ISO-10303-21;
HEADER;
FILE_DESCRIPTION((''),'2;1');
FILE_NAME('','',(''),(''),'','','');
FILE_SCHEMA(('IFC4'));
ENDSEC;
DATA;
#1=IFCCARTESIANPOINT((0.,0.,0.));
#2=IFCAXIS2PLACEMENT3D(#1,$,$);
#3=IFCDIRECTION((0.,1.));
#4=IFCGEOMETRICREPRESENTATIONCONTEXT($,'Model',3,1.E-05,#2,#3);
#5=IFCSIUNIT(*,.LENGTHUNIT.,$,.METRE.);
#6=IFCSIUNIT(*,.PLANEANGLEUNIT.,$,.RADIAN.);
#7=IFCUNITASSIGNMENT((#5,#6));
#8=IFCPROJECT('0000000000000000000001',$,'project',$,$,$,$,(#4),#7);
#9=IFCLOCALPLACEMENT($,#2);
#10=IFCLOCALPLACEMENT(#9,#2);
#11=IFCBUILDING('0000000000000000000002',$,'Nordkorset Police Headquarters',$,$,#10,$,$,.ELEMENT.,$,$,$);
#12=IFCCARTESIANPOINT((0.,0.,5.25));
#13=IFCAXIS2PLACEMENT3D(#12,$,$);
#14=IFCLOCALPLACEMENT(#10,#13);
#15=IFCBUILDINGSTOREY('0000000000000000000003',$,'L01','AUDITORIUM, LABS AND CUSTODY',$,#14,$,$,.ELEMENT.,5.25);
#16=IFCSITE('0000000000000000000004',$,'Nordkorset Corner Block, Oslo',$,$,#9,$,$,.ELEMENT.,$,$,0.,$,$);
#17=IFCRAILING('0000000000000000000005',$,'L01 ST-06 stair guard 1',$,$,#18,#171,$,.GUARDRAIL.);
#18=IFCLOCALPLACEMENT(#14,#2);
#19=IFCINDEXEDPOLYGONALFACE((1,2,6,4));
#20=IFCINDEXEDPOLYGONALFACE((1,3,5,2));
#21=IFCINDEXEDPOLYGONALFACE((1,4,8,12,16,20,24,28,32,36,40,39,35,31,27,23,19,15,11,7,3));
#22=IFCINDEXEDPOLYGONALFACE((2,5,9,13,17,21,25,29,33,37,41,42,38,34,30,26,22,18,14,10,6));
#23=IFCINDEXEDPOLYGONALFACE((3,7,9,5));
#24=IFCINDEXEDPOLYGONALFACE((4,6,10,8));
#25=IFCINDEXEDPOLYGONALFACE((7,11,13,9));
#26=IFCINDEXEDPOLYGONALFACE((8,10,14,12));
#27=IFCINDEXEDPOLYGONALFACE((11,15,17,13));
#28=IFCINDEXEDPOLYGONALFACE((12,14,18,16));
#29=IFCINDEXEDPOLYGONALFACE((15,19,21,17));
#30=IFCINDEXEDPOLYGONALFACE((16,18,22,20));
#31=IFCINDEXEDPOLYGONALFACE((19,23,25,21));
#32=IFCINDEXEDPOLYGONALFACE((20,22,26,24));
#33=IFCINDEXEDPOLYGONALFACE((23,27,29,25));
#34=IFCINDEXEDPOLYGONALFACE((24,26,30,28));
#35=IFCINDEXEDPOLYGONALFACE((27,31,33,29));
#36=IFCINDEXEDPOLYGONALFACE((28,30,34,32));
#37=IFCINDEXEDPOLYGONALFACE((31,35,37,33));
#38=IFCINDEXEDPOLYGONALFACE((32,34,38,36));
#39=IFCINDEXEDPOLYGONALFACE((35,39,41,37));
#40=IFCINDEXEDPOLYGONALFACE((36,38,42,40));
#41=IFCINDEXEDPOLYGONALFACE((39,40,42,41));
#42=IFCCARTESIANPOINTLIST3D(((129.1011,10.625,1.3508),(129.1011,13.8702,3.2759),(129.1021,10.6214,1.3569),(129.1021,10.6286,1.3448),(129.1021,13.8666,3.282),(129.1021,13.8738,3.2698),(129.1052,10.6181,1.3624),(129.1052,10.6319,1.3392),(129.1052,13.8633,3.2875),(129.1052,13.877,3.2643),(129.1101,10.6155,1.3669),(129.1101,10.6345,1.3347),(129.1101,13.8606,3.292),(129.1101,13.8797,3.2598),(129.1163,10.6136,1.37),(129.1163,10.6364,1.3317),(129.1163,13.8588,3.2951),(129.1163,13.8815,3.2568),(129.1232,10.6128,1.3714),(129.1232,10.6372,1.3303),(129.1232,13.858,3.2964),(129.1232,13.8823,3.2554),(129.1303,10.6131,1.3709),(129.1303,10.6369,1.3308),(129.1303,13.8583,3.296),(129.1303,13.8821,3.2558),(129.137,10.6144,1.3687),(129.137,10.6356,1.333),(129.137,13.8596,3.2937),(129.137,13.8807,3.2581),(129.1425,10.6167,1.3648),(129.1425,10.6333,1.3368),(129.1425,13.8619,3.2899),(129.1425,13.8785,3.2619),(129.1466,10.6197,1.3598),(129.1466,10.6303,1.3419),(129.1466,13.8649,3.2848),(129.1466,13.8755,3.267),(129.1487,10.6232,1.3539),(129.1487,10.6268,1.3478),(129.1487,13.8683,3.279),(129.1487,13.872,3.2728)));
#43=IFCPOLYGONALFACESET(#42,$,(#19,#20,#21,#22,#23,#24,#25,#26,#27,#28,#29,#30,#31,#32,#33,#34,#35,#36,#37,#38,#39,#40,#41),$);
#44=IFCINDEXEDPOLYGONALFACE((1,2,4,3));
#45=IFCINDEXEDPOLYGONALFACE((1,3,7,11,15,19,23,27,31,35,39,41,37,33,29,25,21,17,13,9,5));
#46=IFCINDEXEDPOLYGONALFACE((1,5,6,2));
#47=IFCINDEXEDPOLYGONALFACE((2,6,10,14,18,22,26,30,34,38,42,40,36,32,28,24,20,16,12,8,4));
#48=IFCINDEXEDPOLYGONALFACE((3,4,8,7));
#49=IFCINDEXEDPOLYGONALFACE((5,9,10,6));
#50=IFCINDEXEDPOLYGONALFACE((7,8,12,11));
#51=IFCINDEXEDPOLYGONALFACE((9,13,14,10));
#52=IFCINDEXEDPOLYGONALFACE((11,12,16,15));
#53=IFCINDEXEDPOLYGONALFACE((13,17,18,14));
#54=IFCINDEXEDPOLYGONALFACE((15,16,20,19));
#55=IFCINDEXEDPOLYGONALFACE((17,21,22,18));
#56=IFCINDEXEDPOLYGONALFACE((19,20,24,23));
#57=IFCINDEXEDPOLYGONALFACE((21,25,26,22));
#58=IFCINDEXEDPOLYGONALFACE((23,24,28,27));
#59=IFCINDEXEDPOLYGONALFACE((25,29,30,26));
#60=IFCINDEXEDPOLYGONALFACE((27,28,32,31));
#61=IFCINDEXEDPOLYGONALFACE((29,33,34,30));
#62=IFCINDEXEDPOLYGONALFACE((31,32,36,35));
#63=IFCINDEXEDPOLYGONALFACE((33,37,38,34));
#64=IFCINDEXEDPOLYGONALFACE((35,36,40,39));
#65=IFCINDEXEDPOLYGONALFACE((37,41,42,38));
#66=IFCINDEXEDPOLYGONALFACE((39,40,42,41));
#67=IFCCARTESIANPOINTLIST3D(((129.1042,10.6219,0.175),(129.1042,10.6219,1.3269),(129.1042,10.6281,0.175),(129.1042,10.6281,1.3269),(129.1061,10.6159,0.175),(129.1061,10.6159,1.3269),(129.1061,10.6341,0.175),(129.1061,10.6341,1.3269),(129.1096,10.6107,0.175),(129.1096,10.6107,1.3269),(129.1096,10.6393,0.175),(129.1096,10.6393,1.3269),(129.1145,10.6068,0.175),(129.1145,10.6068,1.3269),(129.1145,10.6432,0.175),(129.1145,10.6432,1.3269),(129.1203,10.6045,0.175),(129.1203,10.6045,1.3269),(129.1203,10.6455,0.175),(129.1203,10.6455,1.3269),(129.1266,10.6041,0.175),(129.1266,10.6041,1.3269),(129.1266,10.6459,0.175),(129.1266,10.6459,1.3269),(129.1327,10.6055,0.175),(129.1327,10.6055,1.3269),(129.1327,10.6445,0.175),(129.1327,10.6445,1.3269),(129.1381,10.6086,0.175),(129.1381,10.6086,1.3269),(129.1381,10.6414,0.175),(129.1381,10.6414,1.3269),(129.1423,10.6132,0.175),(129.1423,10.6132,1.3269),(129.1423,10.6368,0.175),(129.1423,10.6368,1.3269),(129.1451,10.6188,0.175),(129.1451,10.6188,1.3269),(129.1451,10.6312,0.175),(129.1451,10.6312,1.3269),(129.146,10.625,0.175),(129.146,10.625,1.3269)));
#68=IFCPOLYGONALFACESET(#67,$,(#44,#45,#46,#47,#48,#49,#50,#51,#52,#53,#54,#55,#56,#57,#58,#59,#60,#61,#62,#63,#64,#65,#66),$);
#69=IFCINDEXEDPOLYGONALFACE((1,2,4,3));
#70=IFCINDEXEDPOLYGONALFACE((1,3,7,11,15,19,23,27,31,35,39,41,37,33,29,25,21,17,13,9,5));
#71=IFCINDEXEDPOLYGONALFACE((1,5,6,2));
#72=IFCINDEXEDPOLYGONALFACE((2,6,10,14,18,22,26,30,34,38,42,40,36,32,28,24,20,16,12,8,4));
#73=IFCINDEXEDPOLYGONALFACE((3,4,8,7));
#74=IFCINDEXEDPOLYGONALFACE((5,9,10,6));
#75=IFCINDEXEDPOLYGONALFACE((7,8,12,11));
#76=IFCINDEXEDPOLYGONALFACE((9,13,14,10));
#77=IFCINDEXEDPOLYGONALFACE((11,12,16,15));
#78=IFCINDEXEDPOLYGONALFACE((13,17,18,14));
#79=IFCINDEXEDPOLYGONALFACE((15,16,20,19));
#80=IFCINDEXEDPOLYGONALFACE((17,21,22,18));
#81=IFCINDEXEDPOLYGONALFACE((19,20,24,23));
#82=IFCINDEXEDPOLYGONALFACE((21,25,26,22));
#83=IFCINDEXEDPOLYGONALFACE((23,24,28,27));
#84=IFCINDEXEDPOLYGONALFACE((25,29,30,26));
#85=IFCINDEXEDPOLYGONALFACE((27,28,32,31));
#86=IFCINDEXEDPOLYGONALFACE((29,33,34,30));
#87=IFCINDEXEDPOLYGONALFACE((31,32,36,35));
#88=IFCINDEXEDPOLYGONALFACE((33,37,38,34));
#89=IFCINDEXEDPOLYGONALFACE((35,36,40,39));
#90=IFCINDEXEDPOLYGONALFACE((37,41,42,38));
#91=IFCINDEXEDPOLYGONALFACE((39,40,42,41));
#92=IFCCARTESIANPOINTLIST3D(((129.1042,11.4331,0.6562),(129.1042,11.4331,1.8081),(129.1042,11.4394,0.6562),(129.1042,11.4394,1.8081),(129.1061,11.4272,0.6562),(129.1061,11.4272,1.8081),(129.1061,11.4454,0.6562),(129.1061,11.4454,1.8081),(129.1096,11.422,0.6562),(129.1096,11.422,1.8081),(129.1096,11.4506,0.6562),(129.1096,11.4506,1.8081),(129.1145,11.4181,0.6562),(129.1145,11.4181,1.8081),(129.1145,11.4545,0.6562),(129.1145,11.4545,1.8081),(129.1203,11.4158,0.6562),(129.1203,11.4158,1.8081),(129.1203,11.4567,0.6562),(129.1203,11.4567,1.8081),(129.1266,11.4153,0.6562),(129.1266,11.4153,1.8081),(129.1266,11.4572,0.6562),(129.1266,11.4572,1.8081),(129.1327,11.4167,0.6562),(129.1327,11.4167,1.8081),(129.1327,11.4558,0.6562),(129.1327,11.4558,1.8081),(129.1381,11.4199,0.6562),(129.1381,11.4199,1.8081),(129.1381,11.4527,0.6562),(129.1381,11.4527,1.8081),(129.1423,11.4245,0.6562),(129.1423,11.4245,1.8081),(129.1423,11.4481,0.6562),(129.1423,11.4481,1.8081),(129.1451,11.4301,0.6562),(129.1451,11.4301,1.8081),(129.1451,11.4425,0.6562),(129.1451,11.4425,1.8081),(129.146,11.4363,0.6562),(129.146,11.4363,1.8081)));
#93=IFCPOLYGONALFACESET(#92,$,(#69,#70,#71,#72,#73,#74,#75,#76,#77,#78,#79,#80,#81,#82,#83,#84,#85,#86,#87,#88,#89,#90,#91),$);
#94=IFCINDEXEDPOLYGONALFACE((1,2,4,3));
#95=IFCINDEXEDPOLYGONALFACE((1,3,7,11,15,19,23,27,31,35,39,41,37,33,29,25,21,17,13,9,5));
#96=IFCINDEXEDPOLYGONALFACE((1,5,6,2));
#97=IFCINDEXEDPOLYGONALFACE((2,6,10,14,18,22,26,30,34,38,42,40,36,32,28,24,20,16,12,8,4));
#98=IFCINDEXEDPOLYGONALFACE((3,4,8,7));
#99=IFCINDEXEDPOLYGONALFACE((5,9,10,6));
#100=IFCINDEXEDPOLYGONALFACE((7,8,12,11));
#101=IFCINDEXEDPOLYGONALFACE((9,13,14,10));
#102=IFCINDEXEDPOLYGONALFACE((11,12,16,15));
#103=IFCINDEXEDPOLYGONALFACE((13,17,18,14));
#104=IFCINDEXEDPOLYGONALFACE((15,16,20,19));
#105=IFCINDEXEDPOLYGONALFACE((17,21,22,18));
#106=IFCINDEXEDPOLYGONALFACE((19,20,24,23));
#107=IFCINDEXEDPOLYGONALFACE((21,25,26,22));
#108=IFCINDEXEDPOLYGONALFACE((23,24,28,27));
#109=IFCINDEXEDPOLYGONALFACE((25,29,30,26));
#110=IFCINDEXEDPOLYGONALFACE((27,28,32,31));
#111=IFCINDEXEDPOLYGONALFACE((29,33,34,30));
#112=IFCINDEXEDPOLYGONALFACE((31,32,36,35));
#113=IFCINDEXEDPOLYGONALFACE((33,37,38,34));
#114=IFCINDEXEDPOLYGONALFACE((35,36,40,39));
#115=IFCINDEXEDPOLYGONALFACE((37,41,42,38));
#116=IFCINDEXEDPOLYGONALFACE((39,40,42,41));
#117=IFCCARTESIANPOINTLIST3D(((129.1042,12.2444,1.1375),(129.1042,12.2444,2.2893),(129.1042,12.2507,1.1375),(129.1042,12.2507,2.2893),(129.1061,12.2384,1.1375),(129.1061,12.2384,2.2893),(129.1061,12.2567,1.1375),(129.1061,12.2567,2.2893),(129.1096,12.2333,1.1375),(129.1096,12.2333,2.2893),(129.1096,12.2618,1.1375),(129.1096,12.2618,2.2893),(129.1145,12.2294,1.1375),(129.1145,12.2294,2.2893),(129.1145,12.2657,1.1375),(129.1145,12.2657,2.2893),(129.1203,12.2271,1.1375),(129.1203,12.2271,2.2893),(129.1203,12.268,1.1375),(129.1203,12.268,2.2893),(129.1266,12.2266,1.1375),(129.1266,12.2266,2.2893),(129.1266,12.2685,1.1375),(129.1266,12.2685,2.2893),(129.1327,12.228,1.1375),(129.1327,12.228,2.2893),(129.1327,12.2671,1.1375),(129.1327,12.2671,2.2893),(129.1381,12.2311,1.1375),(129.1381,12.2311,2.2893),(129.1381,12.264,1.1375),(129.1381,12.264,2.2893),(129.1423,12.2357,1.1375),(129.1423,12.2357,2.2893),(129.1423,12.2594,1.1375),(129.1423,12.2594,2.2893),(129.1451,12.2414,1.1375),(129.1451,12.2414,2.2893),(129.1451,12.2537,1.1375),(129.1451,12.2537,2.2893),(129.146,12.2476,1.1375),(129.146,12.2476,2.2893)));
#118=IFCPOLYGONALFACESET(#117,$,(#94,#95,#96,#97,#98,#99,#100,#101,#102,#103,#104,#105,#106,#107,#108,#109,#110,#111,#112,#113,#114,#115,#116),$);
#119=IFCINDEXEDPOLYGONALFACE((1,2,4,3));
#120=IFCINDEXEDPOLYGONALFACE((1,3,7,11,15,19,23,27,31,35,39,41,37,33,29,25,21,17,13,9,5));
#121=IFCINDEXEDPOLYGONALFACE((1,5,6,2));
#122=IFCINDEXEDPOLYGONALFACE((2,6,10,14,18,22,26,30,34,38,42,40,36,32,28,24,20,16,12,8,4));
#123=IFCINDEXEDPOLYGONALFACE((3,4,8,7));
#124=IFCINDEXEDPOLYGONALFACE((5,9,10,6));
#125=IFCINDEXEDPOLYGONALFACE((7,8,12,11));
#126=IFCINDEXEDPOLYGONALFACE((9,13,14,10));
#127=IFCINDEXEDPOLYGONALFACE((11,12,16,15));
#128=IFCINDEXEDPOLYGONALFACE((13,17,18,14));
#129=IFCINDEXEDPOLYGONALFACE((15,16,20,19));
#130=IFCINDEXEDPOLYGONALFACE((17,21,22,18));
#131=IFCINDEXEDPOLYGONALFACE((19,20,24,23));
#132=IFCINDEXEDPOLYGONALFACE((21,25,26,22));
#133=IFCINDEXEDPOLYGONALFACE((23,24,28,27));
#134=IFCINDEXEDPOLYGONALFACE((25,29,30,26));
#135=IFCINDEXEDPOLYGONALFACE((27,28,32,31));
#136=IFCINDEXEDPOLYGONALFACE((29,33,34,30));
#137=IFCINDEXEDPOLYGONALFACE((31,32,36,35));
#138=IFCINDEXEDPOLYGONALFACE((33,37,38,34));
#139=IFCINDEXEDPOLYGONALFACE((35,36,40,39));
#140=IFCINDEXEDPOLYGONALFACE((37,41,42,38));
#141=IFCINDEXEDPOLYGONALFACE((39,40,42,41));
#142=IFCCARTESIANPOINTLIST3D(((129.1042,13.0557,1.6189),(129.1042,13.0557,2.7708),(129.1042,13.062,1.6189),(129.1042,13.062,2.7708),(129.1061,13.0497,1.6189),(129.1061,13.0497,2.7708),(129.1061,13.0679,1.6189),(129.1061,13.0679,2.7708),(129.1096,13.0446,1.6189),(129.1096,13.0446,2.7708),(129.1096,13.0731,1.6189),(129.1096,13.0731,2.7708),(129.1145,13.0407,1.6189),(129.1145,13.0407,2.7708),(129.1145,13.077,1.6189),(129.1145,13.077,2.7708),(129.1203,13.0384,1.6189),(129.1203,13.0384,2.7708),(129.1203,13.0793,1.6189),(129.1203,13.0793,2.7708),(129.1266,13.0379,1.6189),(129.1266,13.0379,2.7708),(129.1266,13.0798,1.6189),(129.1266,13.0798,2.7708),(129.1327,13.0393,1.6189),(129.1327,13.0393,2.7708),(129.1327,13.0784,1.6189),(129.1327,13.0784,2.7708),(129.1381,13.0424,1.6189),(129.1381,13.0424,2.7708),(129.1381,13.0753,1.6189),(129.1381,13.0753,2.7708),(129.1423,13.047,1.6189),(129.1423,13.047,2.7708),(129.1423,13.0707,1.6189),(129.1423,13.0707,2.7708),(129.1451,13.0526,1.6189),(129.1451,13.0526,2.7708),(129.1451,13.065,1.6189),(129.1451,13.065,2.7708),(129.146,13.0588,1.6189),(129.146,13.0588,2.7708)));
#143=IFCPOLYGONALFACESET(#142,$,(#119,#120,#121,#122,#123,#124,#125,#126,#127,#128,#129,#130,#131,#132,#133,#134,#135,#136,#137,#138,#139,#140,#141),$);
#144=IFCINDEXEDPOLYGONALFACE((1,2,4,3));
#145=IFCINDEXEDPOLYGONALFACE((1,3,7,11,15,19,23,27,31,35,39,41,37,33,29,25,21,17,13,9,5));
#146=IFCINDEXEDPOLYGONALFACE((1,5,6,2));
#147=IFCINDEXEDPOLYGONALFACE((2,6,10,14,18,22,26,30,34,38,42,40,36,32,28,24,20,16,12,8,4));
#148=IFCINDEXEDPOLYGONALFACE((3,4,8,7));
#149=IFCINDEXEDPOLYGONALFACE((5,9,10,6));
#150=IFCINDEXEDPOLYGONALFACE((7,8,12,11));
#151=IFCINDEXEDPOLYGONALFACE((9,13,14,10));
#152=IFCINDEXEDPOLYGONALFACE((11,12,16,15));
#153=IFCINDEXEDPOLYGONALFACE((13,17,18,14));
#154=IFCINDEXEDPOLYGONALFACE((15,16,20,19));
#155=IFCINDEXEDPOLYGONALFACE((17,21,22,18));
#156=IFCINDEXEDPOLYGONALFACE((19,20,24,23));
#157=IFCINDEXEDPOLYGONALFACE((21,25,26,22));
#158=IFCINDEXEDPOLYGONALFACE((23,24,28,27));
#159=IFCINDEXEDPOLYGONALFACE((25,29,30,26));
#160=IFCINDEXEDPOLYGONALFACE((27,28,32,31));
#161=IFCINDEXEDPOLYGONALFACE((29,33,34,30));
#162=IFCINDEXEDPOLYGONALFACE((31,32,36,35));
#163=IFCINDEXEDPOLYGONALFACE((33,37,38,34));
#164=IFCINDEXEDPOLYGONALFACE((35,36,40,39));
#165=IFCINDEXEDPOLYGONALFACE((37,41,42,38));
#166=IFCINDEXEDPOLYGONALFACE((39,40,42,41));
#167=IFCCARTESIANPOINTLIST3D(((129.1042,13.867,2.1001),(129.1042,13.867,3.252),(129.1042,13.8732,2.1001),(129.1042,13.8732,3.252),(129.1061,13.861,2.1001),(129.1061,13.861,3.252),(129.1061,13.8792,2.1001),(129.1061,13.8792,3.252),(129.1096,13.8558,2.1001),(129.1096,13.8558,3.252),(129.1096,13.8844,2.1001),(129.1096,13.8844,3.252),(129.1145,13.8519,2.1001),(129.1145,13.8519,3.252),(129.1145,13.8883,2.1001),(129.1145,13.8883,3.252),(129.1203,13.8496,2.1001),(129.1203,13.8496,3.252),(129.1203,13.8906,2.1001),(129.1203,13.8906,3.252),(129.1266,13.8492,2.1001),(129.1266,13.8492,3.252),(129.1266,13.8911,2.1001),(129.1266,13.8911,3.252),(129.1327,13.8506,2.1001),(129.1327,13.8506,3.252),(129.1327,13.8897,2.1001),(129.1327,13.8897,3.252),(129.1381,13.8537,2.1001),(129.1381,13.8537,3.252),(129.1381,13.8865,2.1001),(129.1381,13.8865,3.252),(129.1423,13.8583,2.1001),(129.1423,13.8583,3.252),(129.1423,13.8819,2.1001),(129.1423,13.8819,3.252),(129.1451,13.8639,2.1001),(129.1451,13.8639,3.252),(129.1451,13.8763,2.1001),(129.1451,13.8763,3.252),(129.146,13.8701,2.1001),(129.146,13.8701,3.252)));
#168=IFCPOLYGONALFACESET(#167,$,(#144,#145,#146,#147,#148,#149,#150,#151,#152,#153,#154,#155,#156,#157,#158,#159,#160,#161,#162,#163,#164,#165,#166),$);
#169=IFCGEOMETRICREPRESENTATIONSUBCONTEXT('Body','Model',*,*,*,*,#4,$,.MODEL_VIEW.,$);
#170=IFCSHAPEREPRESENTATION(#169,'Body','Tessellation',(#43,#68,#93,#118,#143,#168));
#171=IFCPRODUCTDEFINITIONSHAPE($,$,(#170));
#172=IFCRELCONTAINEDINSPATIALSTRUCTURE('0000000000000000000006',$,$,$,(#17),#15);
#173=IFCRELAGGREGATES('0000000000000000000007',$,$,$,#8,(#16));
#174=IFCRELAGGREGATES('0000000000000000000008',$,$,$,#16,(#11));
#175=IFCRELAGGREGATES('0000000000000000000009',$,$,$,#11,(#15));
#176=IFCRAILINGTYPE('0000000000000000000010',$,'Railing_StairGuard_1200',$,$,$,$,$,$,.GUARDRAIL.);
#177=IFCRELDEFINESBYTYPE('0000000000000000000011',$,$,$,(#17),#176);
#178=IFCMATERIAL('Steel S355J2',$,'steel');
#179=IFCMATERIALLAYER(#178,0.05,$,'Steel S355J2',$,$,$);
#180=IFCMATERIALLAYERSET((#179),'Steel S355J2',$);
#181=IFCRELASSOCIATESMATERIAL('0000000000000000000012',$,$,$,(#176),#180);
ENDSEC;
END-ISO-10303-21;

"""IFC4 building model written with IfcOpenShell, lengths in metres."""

from ifc_helpers import new_model, si_unit, direction, frame, origin, origin_2d, place, context, subcontext, project, spatial, circle, extrude, material, layer, layer_set, type_object, element, save


model = new_model("IFC4")

# Units and contexts
model_context = context("Model", 3, precision=1e-05, world=origin(), true_north=direction((0.0, 1.0)))
body_context = subcontext(model_context, "Body", "Model", "MODEL_VIEW")
ifc_project = project(units=[si_unit("LENGTHUNIT", "METRE"), si_unit("PLANEANGLEUNIT", "RADIAN")], contexts=[model_context])

# Site, building, storey
site_placement = place(None, origin())
site = spatial("IfcSite", under=ifc_project, at=site_placement, Name="Nordkorset Corner Block, Oslo", CompositionType="ELEMENT", RefElevation=0.0)
building_placement = place(site_placement, origin())
building = spatial("IfcBuilding", under=site, at=building_placement, Name="Nordkorset Police Headquarters", CompositionType="ELEMENT")
storey_placement = place(building_placement, frame((0.0, 0.0, 5.25)))
storey = spatial("IfcBuildingStorey", under=building, at=storey_placement, Name="L01", Description="AUDITORIUM, LABS AND CUSTODY", CompositionType="ELEMENT", Elevation=5.25)

# Railing
ifc_material_1 = material(Name="Steel S355J2", Category="steel")
ifc_layer_1 = layer(ifc_material_1, 0.05, Name="Steel S355J2")
ifc_layer_set_1 = layer_set([ifc_layer_1], Name="Steel S355J2")
railing_type_1 = type_object("IfcRailingType", Name="Railing_StairGuard_1200", PredefinedType="GUARDRAIL", material=ifc_layer_set_1)
railing_1_placement = place(storey_placement, frame((129.125, 10.625, 0.175)))
element("IfcRailing", 1, at=railing_1_placement, inside=storey, type_object=railing_type_1, Name="L01 ST-06 stair guard 1", PredefinedType="GUARDRAIL", context=body_context, shape_type="SweptSolid", body=[
    extrude(circle(Radius=0.0239, at=origin_2d()), frame((0.0, 0.0, 1.1758), z_axis=(0.0, 0.860057, 0.510198), x_axis=(-1.0, 0.0, 0.0)), (0.0, 0.0, 1.0), 3.7732),
    extrude(circle(Radius=0.021, at=origin_2d()), origin(), (0.0, 0.0, 1.0), 1.1519),
    extrude(circle(Radius=0.021, at=origin_2d()), frame((0.0, 0.8113, 0.4812)), (0.0, 0.0, 1.0), 1.1519),
    extrude(circle(Radius=0.021, at=origin_2d()), frame((0.0, 1.6226, 0.9624)), (0.0, 0.0, 1.0), 1.1519),
    extrude(circle(Radius=0.021, at=origin_2d()), frame((0.0, 2.4338, 1.4438)), (0.0, 0.0, 1.0), 1.1519),
    extrude(circle(Radius=0.021, at=origin_2d()), frame((0.0, 3.2451, 1.925)), (0.0, 0.0, 1.0), 1.1519),
])

save(model, "model.ifc")
